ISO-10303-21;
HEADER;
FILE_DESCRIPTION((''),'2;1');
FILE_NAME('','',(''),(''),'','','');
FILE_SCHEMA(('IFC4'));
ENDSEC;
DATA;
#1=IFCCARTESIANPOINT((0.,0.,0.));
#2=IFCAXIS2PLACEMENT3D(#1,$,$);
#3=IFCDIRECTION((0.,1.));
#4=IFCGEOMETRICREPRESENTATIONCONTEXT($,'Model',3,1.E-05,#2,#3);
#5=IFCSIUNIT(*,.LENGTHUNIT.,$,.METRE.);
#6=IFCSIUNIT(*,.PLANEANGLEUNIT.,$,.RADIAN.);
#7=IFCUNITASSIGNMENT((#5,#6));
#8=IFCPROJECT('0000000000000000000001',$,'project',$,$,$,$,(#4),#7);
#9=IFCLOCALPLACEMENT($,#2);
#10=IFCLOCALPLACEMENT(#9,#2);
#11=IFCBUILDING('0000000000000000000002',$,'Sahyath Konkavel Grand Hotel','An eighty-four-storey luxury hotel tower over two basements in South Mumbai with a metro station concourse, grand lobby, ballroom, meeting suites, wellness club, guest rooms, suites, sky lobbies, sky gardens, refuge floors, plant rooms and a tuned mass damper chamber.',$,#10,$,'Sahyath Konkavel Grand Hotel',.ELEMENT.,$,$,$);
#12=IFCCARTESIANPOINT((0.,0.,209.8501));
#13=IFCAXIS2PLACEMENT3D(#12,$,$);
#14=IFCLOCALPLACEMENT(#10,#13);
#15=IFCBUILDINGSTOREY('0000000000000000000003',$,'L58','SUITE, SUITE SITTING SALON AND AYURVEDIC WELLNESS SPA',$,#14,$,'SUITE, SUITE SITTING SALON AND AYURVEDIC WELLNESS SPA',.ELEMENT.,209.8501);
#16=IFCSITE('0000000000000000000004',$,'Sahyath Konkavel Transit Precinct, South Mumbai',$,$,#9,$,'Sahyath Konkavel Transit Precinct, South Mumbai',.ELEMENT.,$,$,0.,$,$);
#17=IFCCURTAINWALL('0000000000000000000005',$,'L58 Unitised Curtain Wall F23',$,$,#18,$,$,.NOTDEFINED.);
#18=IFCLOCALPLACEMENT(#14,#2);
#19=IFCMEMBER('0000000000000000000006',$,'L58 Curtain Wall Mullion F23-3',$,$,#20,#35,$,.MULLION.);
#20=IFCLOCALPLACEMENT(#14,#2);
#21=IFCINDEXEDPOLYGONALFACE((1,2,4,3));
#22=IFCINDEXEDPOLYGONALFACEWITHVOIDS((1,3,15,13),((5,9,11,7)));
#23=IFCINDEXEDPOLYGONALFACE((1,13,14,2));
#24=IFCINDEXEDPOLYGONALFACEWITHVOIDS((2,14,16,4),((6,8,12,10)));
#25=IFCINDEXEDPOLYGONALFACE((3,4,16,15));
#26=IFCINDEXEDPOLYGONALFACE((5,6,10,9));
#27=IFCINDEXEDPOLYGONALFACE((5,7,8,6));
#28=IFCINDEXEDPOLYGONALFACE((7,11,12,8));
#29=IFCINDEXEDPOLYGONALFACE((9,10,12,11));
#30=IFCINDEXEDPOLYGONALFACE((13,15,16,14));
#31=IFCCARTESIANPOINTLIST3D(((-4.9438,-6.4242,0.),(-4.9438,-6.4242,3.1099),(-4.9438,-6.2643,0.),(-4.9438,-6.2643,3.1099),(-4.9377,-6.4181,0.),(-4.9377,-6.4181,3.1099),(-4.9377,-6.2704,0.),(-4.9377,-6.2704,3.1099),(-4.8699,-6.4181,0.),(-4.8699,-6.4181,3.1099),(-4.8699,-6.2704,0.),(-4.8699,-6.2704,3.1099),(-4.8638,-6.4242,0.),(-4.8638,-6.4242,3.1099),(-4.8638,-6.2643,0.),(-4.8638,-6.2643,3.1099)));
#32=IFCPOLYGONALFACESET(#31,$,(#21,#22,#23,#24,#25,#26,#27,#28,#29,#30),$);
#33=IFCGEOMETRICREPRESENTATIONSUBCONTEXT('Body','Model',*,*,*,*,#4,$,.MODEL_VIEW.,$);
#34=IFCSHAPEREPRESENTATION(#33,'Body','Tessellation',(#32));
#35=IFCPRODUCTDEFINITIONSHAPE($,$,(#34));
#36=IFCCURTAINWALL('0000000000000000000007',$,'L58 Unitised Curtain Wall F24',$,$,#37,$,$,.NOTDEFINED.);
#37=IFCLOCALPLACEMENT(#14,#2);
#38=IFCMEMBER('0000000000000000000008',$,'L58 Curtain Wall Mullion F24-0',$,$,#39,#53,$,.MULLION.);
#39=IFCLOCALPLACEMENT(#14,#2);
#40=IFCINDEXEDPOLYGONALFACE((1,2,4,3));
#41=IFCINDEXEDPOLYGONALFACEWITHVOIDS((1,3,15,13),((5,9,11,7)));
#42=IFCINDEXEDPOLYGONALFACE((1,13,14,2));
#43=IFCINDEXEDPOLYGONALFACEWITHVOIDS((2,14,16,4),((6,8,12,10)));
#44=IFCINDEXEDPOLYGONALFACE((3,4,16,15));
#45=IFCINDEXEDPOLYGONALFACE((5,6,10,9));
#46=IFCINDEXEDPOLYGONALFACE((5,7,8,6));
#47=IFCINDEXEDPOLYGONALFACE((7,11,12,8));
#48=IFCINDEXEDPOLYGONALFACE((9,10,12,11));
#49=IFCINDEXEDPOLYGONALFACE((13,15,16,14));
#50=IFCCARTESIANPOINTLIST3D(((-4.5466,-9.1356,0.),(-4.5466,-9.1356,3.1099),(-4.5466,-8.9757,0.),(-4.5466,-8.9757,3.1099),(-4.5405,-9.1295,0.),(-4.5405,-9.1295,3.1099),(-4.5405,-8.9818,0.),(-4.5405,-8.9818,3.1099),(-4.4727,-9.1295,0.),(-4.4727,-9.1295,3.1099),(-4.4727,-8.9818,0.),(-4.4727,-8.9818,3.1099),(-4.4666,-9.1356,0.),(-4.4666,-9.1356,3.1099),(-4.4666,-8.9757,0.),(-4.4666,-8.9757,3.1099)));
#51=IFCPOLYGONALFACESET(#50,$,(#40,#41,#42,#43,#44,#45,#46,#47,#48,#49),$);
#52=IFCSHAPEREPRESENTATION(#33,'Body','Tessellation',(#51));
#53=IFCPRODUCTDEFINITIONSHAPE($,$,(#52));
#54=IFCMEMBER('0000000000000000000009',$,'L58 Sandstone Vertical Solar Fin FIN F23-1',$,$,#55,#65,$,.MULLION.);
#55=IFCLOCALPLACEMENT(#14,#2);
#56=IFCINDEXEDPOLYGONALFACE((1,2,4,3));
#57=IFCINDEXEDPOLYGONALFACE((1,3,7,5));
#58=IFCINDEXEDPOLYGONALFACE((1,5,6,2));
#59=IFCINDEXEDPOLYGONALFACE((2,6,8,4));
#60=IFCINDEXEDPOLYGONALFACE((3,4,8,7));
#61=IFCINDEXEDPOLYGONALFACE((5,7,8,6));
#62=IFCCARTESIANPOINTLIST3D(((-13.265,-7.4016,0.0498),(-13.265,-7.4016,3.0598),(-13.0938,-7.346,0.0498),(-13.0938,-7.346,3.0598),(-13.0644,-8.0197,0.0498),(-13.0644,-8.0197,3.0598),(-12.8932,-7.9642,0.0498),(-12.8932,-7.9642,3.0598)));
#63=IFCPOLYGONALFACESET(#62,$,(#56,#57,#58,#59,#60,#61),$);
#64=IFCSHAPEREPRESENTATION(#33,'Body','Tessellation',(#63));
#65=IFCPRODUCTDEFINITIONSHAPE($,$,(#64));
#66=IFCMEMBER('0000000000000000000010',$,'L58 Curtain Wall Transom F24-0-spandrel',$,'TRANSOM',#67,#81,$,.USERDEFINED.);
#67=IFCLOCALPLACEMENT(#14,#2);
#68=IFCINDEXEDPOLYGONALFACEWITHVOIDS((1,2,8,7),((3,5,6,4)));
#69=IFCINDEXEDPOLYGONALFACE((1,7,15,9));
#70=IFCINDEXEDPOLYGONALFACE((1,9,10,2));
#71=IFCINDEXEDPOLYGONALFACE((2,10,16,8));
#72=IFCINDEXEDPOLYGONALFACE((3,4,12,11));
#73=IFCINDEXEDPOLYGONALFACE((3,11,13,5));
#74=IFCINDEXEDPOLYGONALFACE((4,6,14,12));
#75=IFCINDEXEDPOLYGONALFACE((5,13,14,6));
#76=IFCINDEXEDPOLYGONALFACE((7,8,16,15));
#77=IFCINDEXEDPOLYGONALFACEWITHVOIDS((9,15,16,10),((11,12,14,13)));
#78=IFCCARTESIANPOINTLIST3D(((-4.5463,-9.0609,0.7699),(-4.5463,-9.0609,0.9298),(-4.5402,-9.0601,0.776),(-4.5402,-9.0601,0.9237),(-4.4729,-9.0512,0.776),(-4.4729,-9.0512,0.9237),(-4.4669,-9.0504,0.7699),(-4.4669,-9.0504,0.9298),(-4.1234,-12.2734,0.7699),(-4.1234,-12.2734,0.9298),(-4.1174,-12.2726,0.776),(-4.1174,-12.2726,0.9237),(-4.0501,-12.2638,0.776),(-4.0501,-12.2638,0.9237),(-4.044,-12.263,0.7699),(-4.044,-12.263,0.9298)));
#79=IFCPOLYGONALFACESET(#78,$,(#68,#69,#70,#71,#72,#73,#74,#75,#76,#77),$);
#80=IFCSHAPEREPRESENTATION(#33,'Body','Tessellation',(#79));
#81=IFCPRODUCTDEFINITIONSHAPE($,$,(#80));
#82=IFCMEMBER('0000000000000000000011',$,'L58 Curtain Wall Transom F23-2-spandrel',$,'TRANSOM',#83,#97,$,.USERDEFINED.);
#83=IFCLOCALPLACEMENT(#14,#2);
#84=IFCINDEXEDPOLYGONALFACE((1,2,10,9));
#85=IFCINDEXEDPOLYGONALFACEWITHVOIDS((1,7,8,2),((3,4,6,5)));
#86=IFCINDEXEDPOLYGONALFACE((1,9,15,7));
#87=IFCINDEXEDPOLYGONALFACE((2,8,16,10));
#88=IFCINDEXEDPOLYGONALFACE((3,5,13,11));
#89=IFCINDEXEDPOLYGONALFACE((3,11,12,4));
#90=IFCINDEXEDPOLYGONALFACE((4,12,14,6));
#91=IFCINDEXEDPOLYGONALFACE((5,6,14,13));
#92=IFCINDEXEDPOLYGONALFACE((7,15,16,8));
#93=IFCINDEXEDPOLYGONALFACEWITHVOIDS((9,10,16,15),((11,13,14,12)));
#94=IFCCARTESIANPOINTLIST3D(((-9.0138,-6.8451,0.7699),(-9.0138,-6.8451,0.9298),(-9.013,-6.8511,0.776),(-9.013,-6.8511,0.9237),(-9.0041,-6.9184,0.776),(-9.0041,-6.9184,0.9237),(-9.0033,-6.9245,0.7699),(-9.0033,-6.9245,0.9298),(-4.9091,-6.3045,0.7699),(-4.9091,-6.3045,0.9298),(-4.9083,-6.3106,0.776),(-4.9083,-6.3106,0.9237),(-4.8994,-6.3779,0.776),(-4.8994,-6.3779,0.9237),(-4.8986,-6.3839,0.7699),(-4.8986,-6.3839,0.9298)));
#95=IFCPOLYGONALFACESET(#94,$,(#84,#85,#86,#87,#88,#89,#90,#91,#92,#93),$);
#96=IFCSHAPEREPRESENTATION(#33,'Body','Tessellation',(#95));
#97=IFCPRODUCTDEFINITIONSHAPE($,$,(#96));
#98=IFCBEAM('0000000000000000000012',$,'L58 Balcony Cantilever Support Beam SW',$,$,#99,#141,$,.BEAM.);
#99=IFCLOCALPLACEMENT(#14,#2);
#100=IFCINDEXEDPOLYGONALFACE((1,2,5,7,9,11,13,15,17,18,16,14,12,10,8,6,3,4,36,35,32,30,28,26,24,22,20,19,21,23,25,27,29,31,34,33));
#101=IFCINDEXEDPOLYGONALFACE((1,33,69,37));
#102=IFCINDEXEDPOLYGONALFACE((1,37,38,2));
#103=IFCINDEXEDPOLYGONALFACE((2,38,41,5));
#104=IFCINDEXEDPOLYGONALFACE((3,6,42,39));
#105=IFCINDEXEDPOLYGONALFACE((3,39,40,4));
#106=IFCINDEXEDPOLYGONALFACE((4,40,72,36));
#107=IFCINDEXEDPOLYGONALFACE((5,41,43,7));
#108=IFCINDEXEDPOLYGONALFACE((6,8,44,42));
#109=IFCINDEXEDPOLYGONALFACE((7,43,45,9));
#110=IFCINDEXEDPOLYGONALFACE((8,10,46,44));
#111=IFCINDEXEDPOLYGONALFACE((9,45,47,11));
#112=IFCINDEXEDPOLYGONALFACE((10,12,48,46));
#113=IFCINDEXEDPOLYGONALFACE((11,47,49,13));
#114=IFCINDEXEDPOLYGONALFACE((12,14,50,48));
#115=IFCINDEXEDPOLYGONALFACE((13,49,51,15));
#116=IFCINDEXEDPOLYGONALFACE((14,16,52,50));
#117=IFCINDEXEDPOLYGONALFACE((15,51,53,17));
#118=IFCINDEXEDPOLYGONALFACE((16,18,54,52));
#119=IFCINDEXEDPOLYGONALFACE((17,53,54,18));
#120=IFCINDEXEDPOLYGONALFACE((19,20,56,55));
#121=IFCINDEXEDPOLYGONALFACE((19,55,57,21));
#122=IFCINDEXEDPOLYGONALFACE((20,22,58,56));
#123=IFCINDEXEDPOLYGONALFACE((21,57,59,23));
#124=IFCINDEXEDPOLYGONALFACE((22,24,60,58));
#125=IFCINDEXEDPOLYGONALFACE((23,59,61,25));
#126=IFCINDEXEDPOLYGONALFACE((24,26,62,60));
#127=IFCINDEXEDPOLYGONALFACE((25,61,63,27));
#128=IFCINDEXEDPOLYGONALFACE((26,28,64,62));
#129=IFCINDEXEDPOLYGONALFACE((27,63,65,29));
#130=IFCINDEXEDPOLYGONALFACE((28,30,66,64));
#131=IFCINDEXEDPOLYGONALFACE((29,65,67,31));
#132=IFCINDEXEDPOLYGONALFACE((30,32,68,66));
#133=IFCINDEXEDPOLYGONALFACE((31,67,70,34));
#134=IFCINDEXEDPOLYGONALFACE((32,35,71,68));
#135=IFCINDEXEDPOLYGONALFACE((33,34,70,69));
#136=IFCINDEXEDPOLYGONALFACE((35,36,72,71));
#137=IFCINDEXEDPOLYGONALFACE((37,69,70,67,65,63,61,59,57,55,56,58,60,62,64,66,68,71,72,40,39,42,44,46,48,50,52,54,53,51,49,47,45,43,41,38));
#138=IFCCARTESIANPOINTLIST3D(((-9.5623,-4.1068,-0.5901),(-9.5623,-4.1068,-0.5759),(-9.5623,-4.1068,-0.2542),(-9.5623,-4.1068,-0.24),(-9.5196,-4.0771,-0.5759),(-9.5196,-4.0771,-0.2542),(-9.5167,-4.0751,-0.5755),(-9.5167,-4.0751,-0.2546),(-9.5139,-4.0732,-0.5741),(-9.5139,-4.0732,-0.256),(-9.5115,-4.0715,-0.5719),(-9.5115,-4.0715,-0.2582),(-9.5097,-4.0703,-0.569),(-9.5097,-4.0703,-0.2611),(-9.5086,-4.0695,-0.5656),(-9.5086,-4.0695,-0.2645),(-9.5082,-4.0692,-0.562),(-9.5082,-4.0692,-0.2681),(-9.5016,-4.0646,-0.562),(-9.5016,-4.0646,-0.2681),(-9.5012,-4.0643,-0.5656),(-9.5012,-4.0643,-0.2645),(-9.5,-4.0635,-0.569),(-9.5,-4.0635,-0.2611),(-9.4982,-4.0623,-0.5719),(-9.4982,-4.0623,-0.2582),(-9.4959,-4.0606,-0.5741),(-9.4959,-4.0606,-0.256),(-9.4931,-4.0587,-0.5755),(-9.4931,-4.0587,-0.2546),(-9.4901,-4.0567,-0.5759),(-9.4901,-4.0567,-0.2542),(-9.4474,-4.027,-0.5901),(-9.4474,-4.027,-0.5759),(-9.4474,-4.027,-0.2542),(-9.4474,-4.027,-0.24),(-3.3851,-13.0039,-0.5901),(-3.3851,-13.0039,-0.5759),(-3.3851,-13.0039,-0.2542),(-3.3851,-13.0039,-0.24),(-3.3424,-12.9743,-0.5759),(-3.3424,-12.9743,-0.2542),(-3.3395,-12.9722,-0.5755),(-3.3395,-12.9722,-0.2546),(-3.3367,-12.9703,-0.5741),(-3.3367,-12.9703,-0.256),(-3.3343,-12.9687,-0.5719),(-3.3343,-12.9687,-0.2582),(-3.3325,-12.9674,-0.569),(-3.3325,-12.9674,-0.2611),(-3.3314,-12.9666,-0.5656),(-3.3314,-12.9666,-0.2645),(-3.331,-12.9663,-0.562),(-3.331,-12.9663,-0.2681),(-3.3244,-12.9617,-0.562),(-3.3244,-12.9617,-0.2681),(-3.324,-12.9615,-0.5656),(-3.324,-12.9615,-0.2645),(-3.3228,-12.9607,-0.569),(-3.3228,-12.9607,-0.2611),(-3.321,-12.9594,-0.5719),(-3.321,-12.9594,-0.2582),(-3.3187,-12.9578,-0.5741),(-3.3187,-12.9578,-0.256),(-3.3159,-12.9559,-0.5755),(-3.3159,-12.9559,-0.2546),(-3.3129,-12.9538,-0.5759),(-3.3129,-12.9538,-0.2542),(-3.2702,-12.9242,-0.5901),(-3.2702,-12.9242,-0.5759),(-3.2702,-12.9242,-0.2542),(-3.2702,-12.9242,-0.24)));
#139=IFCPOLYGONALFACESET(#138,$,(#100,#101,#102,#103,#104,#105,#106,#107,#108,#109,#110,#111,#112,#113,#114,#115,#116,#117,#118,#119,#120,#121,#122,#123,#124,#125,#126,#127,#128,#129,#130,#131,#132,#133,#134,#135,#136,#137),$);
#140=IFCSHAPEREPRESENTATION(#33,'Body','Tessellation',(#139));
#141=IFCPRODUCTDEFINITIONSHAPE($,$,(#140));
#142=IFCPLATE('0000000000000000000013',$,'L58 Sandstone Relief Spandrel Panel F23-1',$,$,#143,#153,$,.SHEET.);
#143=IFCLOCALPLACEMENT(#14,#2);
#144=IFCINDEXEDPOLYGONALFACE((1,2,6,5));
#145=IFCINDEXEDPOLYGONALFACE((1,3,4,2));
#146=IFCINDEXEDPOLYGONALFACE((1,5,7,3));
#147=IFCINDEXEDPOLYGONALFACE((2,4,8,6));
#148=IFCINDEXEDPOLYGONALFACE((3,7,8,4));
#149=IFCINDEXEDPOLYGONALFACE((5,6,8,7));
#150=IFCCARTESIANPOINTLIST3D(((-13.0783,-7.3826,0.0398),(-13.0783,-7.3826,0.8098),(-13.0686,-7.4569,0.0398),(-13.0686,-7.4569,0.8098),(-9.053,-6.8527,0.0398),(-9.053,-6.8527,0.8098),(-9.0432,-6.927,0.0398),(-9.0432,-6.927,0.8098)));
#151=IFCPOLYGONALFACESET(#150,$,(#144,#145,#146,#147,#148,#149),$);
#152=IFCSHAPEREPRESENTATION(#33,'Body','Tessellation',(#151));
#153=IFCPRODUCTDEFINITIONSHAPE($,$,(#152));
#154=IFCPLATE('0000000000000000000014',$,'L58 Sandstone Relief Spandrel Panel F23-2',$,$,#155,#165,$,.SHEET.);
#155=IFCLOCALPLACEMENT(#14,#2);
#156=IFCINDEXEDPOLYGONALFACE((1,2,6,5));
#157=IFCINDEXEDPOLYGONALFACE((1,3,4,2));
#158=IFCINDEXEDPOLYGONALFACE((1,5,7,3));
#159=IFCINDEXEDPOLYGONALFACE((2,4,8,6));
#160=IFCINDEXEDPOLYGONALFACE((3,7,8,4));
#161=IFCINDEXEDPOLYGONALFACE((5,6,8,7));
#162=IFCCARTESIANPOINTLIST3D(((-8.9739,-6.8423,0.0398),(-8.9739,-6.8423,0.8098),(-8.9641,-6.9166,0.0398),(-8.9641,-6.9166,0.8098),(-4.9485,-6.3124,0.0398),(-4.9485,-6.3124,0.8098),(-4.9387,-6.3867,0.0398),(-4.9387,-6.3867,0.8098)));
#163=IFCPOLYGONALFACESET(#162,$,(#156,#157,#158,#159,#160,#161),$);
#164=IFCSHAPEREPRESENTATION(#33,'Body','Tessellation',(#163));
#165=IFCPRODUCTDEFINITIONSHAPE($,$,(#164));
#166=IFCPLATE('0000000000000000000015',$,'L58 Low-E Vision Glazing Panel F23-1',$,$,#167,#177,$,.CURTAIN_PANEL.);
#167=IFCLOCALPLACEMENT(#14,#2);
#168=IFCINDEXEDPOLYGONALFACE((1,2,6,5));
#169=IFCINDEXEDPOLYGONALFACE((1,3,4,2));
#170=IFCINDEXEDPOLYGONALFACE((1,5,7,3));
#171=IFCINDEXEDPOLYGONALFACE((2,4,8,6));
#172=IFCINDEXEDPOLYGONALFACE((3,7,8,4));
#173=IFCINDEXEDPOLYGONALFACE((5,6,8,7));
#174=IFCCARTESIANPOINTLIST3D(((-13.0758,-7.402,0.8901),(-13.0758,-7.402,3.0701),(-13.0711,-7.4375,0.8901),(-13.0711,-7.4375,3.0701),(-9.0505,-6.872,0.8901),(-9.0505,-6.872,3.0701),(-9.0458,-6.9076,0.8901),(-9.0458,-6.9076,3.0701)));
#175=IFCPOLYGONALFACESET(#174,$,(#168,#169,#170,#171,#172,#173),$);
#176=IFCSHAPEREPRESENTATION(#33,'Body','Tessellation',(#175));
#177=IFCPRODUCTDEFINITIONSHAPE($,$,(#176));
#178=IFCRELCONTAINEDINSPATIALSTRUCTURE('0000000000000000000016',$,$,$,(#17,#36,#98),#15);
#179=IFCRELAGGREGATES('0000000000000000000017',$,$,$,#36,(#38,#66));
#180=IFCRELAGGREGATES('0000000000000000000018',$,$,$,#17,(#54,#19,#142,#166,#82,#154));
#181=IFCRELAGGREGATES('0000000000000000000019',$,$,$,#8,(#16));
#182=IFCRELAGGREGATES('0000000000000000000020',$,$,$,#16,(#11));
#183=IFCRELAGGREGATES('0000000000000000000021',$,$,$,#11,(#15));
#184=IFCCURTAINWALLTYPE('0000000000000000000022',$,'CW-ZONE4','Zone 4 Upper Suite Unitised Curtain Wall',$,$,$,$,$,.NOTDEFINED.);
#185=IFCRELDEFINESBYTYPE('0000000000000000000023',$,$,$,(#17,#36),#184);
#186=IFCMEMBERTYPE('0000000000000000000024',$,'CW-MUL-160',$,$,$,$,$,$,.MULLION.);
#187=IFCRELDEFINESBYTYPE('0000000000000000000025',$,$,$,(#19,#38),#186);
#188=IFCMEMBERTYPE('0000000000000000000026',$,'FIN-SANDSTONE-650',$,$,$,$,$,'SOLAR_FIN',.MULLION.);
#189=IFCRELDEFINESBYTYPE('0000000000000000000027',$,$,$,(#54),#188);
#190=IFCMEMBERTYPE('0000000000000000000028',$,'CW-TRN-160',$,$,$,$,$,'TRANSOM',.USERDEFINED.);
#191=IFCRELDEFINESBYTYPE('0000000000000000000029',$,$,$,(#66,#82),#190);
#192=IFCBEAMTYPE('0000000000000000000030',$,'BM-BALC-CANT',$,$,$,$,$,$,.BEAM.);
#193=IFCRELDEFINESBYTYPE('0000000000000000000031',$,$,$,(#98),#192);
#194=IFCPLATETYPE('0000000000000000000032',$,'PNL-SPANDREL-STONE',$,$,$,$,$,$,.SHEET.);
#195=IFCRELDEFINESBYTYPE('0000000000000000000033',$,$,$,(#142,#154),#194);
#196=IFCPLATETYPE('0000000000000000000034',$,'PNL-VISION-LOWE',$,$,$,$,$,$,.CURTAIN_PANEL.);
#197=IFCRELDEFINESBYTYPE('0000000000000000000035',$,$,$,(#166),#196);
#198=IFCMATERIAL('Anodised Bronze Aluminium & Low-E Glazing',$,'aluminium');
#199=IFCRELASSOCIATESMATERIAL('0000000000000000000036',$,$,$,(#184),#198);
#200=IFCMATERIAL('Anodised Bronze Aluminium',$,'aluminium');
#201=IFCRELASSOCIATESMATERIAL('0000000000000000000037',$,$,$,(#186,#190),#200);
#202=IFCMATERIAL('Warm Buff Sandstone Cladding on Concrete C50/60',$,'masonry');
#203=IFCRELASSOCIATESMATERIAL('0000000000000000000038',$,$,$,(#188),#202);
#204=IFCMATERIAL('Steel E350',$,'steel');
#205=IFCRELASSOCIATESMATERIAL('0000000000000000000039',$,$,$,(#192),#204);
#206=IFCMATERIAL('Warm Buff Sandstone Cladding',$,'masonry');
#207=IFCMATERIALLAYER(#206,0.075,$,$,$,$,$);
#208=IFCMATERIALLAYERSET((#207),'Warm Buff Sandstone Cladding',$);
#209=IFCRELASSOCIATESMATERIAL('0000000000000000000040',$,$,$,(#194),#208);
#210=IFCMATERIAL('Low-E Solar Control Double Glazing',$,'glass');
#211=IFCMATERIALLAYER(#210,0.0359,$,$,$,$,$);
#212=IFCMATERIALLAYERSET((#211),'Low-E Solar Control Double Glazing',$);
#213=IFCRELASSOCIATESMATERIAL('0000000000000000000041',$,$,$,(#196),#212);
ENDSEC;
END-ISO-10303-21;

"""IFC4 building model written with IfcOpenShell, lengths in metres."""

from ifc_helpers import new_model, si_unit, direction, frame, origin, origin_2d, place, context, subcontext, project, spatial, rectangle, hollow_rectangle, i_section, extrude, source, transform, mapped, material, layer, layer_set, material_profile, profile_set, type_object, element, aggregate, save


model = new_model("IFC4")

# Units and contexts
model_context = context("Model", 3, precision=1e-05, world=origin(), true_north=direction((0.0, 1.0)))
body_context = subcontext(model_context, "Body", "Model", "MODEL_VIEW")
ifc_project = project(units=[si_unit("LENGTHUNIT", "METRE"), si_unit("PLANEANGLEUNIT", "RADIAN")], contexts=[model_context])

# Site, building, storey
site_placement = place(None, origin())
site = spatial("IfcSite", under=ifc_project, at=site_placement, Name="Sahyath Konkavel Transit Precinct, South Mumbai", LongName="Sahyath Konkavel Transit Precinct, South Mumbai", CompositionType="ELEMENT", RefElevation=0.0)
building_placement = place(site_placement, origin())
building = spatial("IfcBuilding", under=site, at=building_placement, Name="Sahyath Konkavel Grand Hotel", Description="An eighty-four-storey luxury hotel tower over two basements in South Mumbai with a metro station concourse, grand lobby, ballroom, meeting suites, wellness club, guest rooms, suites, sky lobbies, sky gardens, refuge floors, plant rooms and a tuned mass damper chamber.", LongName="Sahyath Konkavel Grand Hotel", CompositionType="ELEMENT")
storey_placement = place(building_placement, frame((0.0, 0.0, 209.8501)))
storey = spatial("IfcBuildingStorey", under=building, at=storey_placement, Name="L58", Description="SUITE, SUITE SITTING SALON AND AYURVEDIC WELLNESS SPA", LongName="SUITE, SUITE SITTING SALON AND AYURVEDIC WELLNESS SPA", CompositionType="ELEMENT", Elevation=209.8501)

# Shared definitions
ifc_material_1 = material(Name="Steel E350", Category="steel")

# Curtain wall, member
ifc_material_2 = material(Name="Anodised Bronze Aluminium & Low-E Glazing", Category="aluminium")
curtain_wall_type = type_object("IfcCurtainWallType", Name="CW-ZONE4", Description="Zone 4 Upper Suite Unitised Curtain Wall", PredefinedType="NOTDEFINED", material=ifc_material_2)
curtain_wall_1_placement = place(storey_placement, origin())
curtain_wall_1 = element("IfcCurtainWall", 1, at=curtain_wall_1_placement, inside=storey, type_object=curtain_wall_type, Name="L58 Unitised Curtain Wall F23", PredefinedType="NOTDEFINED")
ifc_material_3 = material(Name="Anodised Bronze Aluminium", Category="aluminium")
ifc_material_profile_1 = material_profile(ifc_material_3, hollow_rectangle(XDim=0.0801, YDim=0.1599, WallThickness=0.0061, at=origin_2d()), Name="RHS 160x80x6")
ifc_profile_set_1 = profile_set([ifc_material_profile_1], Name="Anodised Bronze Aluminium")
member_type_1 = type_object("IfcMemberType", Name="CW-MUL-160", PredefinedType="MULLION", material=ifc_profile_set_1)
shared_shape_1 = source(origin(), body_context, "Body", "SweptSolid", [
    extrude(hollow_rectangle(XDim=0.0801, YDim=0.1599, WallThickness=0.0061, at=origin_2d()), origin(), (0.0, 0.0, 1.0), 3.1099),
])
member_1_placement = place(storey_placement, frame((-4.9038, -6.3442, 0.0), z_axis=(0.0, 0.0, 1.0), x_axis=(1.0, 0.0, 0.0)))
member_1 = element("IfcMember", 2, at=member_1_placement, type_object=member_type_1, Name="L58 Curtain Wall Mullion F23-3", PredefinedType="MULLION", context=body_context, shape_type="MappedRepresentation", body=[
    mapped(shared_shape_1, transform((0.0, 0.0, 0.0), scale=1.0)),
])

# Curtain wall, member
curtain_wall_2_placement = place(storey_placement, origin())
curtain_wall_2 = element("IfcCurtainWall", 3, at=curtain_wall_2_placement, inside=storey, type_object=curtain_wall_type, Name="L58 Unitised Curtain Wall F24", PredefinedType="NOTDEFINED")
member_2_placement = place(storey_placement, frame((-4.5066, -9.0557, 0.0), z_axis=(0.0, 0.0, 1.0), x_axis=(1.0, 0.0, 0.0)))
member_2 = element("IfcMember", 4, at=member_2_placement, type_object=member_type_1, Name="L58 Curtain Wall Mullion F24-0", PredefinedType="MULLION", context=body_context, shape_type="MappedRepresentation", body=[
    mapped(shared_shape_1, transform((0.0, 0.0, 0.0), scale=1.0)),
])

# Members
ifc_material_4 = material(Name="Warm Buff Sandstone Cladding on Concrete C50/60", Category="masonry")
ifc_material_profile_2 = material_profile(ifc_material_4, rectangle(XDim=0.1799, YDim=0.6499, at=origin_2d()), Name="FIN 180x650")
ifc_profile_set_2 = profile_set([ifc_material_profile_2], Name="Warm Buff Sandstone Cladding on Concrete C50/60")
member_type_2 = type_object("IfcMemberType", Name="FIN-SANDSTONE-650", ElementType="SOLAR_FIN", PredefinedType="MULLION", material=ifc_profile_set_2)
shared_shape_2 = source(origin(), body_context, "Body", "SweptSolid", [
    extrude(rectangle(XDim=0.1799, YDim=0.6499, at=origin_2d()), origin(), (0.0, 0.0, 1.0), 3.01),
])
member_3_placement = place(storey_placement, frame((-13.0791, -7.6829, 0.0498), z_axis=(0.0, 0.0, 1.0), x_axis=(0.951164, 0.308685, 0.0)))
member_3 = element("IfcMember", 5, at=member_3_placement, type_object=member_type_2, Name="L58 Sandstone Vertical Solar Fin FIN F23-1", PredefinedType="MULLION", context=body_context, shape_type="MappedRepresentation", body=[
    mapped(shared_shape_2, transform((0.0, 0.0, 0.0), scale=1.0)),
])
ifc_material_profile_3 = material_profile(ifc_material_3, hollow_rectangle(XDim=0.0801, YDim=0.1599, WallThickness=0.0061, at=origin_2d()), Name="RHS 160x80x6")
ifc_profile_set_3 = profile_set([ifc_material_profile_3], Name="Anodised Bronze Aluminium")
member_type_3 = type_object("IfcMemberType", Name="CW-TRN-160", ElementType="TRANSOM", PredefinedType="USERDEFINED", material=ifc_profile_set_3)
shared_shape_3 = source(origin(), body_context, "Body", "SweptSolid", [
    extrude(hollow_rectangle(XDim=0.0801, YDim=0.1599, WallThickness=0.0061, at=origin_2d()), origin(), (0.0, 0.0, 1.0), 3.2402),
])
member_4_placement = place(storey_placement, frame((-4.5066, -9.0557, 0.8499), z_axis=(0.130505, -0.991448, 0.0), x_axis=(0.991448, 0.130505, 0.0)))
member_4 = element("IfcMember", 6, at=member_4_placement, type_object=member_type_3, Name="L58 Curtain Wall Transom F24-0-spandrel", ObjectType="TRANSOM", PredefinedType="USERDEFINED", context=body_context, shape_type="MappedRepresentation", body=[
    mapped(shared_shape_3, transform((0.0, 0.0, 0.0), scale=1.0)),
])
aggregate(curtain_wall_2, [member_2, member_4])
shared_shape_4 = source(origin(), body_context, "Body", "SweptSolid", [
    extrude(hollow_rectangle(XDim=0.0801, YDim=0.1599, WallThickness=0.0061, at=origin_2d()), origin(), (0.0, 0.0, 1.0), 4.1401),
])
member_5_placement = place(storey_placement, frame((-9.0085, -6.8848, 0.8499), z_axis=(0.991441, 0.130557, 0.0), x_axis=(-0.130557, 0.991441, 0.0)))
member_5 = element("IfcMember", 7, at=member_5_placement, type_object=member_type_3, Name="L58 Curtain Wall Transom F23-2-spandrel", ObjectType="TRANSOM", PredefinedType="USERDEFINED", context=body_context, shape_type="MappedRepresentation", body=[
    mapped(shared_shape_4, transform((0.0, 0.0, 0.0), scale=1.0)),
])

# Beam
ifc_material_profile_4 = material_profile(ifc_material_1, i_section(OverallWidth=0.1399, OverallDepth=0.3501, WebThickness=0.0081, FlangeThickness=0.0142, FilletRadius=0.0139, at=origin_2d()), Name="ISMB 350")
ifc_profile_set_4 = profile_set([ifc_material_profile_4], Name="Steel E350")
beam_type_1 = type_object("IfcBeamType", Name="BM-BALC-CANT", PredefinedType="BEAM", material=ifc_profile_set_4)
shared_shape_5 = source(origin(), body_context, "Body", "SweptSolid", [
    extrude(i_section(OverallWidth=0.1399, OverallDepth=0.3501, WebThickness=0.0081, FlangeThickness=0.0142, FilletRadius=0.0139, at=origin_2d()), origin(), (0.0, 0.0, 1.0), 10.8313),
])
beam_1_placement = place(storey_placement, frame((-9.5049, -4.0669, -0.415), z_axis=(0.57031, -0.82143, 0.0), x_axis=(0.82143, 0.57031, 0.0)))
element("IfcBeam", 8, at=beam_1_placement, inside=storey, type_object=beam_type_1, Name="L58 Balcony Cantilever Support Beam SW", PredefinedType="BEAM", context=body_context, shape_type="MappedRepresentation", body=[
    mapped(shared_shape_5, transform((0.0, 0.0, 0.0), scale=1.0)),
])

# Plates
ifc_material_5 = material(Name="Warm Buff Sandstone Cladding", Category="masonry")
ifc_layer_1 = layer(ifc_material_5, 0.075)
ifc_layer_set_1 = layer_set([ifc_layer_1], Name="Warm Buff Sandstone Cladding")
plate_type_1 = type_object("IfcPlateType", Name="PNL-SPANDREL-STONE", PredefinedType="SHEET", material=ifc_layer_set_1)
shared_shape_6 = source(origin(), body_context, "Body", "SweptSolid", [
    extrude(rectangle(XDim=4.0601, YDim=0.075, at=origin_2d()), origin(), (0.0, 0.0, 1.0), 0.77),
])
plate_1_placement = place(storey_placement, frame((-11.0608, -7.1548, 0.0398), z_axis=(0.0, 0.0, 1.0), x_axis=(0.991445, 0.130526, 0.0)))
plate_1 = element("IfcPlate", 9, at=plate_1_placement, type_object=plate_type_1, Name="L58 Sandstone Relief Spandrel Panel F23-1", PredefinedType="SHEET", context=body_context, shape_type="MappedRepresentation", body=[
    mapped(shared_shape_6, transform((0.0, 0.0, 0.0), scale=1.0)),
])
plate_2_placement = place(storey_placement, frame((-6.9563, -6.6145, 0.0398), z_axis=(0.0, 0.0, 1.0), x_axis=(0.991445, 0.130526, 0.0)))
plate_2 = element("IfcPlate", 10, at=plate_2_placement, type_object=plate_type_1, Name="L58 Sandstone Relief Spandrel Panel F23-2", PredefinedType="SHEET", context=body_context, shape_type="MappedRepresentation", body=[
    mapped(shared_shape_6, transform((0.0, 0.0, 0.0), scale=1.0)),
])
ifc_material_6 = material(Name="Low-E Solar Control Double Glazing", Category="glass")
ifc_layer_2 = layer(ifc_material_6, 0.0359)
ifc_layer_set_2 = layer_set([ifc_layer_2], Name="Low-E Solar Control Double Glazing")
plate_type_2 = type_object("IfcPlateType", Name="PNL-VISION-LOWE", PredefinedType="CURTAIN_PANEL", material=ifc_layer_set_2)
shared_shape_7 = source(origin(), body_context, "Body", "SweptSolid", [
    extrude(rectangle(XDim=4.0601, YDim=0.0359, at=origin_2d()), origin(), (0.0, 0.0, 1.0), 2.1799),
])
plate_3_placement = place(storey_placement, frame((-11.0608, -7.1548, 0.8901), z_axis=(0.0, 0.0, 1.0), x_axis=(0.991445, 0.130526, 0.0)))
plate_3 = element("IfcPlate", 11, at=plate_3_placement, type_object=plate_type_2, Name="L58 Low-E Vision Glazing Panel F23-1", PredefinedType="CURTAIN_PANEL", context=body_context, shape_type="MappedRepresentation", body=[
    mapped(shared_shape_7, transform((0.0, 0.0, 0.0), scale=1.0)),
])
aggregate(curtain_wall_1, [member_3, member_1, plate_1, plate_3, member_5, plate_2])

save(model, "model.ifc")
